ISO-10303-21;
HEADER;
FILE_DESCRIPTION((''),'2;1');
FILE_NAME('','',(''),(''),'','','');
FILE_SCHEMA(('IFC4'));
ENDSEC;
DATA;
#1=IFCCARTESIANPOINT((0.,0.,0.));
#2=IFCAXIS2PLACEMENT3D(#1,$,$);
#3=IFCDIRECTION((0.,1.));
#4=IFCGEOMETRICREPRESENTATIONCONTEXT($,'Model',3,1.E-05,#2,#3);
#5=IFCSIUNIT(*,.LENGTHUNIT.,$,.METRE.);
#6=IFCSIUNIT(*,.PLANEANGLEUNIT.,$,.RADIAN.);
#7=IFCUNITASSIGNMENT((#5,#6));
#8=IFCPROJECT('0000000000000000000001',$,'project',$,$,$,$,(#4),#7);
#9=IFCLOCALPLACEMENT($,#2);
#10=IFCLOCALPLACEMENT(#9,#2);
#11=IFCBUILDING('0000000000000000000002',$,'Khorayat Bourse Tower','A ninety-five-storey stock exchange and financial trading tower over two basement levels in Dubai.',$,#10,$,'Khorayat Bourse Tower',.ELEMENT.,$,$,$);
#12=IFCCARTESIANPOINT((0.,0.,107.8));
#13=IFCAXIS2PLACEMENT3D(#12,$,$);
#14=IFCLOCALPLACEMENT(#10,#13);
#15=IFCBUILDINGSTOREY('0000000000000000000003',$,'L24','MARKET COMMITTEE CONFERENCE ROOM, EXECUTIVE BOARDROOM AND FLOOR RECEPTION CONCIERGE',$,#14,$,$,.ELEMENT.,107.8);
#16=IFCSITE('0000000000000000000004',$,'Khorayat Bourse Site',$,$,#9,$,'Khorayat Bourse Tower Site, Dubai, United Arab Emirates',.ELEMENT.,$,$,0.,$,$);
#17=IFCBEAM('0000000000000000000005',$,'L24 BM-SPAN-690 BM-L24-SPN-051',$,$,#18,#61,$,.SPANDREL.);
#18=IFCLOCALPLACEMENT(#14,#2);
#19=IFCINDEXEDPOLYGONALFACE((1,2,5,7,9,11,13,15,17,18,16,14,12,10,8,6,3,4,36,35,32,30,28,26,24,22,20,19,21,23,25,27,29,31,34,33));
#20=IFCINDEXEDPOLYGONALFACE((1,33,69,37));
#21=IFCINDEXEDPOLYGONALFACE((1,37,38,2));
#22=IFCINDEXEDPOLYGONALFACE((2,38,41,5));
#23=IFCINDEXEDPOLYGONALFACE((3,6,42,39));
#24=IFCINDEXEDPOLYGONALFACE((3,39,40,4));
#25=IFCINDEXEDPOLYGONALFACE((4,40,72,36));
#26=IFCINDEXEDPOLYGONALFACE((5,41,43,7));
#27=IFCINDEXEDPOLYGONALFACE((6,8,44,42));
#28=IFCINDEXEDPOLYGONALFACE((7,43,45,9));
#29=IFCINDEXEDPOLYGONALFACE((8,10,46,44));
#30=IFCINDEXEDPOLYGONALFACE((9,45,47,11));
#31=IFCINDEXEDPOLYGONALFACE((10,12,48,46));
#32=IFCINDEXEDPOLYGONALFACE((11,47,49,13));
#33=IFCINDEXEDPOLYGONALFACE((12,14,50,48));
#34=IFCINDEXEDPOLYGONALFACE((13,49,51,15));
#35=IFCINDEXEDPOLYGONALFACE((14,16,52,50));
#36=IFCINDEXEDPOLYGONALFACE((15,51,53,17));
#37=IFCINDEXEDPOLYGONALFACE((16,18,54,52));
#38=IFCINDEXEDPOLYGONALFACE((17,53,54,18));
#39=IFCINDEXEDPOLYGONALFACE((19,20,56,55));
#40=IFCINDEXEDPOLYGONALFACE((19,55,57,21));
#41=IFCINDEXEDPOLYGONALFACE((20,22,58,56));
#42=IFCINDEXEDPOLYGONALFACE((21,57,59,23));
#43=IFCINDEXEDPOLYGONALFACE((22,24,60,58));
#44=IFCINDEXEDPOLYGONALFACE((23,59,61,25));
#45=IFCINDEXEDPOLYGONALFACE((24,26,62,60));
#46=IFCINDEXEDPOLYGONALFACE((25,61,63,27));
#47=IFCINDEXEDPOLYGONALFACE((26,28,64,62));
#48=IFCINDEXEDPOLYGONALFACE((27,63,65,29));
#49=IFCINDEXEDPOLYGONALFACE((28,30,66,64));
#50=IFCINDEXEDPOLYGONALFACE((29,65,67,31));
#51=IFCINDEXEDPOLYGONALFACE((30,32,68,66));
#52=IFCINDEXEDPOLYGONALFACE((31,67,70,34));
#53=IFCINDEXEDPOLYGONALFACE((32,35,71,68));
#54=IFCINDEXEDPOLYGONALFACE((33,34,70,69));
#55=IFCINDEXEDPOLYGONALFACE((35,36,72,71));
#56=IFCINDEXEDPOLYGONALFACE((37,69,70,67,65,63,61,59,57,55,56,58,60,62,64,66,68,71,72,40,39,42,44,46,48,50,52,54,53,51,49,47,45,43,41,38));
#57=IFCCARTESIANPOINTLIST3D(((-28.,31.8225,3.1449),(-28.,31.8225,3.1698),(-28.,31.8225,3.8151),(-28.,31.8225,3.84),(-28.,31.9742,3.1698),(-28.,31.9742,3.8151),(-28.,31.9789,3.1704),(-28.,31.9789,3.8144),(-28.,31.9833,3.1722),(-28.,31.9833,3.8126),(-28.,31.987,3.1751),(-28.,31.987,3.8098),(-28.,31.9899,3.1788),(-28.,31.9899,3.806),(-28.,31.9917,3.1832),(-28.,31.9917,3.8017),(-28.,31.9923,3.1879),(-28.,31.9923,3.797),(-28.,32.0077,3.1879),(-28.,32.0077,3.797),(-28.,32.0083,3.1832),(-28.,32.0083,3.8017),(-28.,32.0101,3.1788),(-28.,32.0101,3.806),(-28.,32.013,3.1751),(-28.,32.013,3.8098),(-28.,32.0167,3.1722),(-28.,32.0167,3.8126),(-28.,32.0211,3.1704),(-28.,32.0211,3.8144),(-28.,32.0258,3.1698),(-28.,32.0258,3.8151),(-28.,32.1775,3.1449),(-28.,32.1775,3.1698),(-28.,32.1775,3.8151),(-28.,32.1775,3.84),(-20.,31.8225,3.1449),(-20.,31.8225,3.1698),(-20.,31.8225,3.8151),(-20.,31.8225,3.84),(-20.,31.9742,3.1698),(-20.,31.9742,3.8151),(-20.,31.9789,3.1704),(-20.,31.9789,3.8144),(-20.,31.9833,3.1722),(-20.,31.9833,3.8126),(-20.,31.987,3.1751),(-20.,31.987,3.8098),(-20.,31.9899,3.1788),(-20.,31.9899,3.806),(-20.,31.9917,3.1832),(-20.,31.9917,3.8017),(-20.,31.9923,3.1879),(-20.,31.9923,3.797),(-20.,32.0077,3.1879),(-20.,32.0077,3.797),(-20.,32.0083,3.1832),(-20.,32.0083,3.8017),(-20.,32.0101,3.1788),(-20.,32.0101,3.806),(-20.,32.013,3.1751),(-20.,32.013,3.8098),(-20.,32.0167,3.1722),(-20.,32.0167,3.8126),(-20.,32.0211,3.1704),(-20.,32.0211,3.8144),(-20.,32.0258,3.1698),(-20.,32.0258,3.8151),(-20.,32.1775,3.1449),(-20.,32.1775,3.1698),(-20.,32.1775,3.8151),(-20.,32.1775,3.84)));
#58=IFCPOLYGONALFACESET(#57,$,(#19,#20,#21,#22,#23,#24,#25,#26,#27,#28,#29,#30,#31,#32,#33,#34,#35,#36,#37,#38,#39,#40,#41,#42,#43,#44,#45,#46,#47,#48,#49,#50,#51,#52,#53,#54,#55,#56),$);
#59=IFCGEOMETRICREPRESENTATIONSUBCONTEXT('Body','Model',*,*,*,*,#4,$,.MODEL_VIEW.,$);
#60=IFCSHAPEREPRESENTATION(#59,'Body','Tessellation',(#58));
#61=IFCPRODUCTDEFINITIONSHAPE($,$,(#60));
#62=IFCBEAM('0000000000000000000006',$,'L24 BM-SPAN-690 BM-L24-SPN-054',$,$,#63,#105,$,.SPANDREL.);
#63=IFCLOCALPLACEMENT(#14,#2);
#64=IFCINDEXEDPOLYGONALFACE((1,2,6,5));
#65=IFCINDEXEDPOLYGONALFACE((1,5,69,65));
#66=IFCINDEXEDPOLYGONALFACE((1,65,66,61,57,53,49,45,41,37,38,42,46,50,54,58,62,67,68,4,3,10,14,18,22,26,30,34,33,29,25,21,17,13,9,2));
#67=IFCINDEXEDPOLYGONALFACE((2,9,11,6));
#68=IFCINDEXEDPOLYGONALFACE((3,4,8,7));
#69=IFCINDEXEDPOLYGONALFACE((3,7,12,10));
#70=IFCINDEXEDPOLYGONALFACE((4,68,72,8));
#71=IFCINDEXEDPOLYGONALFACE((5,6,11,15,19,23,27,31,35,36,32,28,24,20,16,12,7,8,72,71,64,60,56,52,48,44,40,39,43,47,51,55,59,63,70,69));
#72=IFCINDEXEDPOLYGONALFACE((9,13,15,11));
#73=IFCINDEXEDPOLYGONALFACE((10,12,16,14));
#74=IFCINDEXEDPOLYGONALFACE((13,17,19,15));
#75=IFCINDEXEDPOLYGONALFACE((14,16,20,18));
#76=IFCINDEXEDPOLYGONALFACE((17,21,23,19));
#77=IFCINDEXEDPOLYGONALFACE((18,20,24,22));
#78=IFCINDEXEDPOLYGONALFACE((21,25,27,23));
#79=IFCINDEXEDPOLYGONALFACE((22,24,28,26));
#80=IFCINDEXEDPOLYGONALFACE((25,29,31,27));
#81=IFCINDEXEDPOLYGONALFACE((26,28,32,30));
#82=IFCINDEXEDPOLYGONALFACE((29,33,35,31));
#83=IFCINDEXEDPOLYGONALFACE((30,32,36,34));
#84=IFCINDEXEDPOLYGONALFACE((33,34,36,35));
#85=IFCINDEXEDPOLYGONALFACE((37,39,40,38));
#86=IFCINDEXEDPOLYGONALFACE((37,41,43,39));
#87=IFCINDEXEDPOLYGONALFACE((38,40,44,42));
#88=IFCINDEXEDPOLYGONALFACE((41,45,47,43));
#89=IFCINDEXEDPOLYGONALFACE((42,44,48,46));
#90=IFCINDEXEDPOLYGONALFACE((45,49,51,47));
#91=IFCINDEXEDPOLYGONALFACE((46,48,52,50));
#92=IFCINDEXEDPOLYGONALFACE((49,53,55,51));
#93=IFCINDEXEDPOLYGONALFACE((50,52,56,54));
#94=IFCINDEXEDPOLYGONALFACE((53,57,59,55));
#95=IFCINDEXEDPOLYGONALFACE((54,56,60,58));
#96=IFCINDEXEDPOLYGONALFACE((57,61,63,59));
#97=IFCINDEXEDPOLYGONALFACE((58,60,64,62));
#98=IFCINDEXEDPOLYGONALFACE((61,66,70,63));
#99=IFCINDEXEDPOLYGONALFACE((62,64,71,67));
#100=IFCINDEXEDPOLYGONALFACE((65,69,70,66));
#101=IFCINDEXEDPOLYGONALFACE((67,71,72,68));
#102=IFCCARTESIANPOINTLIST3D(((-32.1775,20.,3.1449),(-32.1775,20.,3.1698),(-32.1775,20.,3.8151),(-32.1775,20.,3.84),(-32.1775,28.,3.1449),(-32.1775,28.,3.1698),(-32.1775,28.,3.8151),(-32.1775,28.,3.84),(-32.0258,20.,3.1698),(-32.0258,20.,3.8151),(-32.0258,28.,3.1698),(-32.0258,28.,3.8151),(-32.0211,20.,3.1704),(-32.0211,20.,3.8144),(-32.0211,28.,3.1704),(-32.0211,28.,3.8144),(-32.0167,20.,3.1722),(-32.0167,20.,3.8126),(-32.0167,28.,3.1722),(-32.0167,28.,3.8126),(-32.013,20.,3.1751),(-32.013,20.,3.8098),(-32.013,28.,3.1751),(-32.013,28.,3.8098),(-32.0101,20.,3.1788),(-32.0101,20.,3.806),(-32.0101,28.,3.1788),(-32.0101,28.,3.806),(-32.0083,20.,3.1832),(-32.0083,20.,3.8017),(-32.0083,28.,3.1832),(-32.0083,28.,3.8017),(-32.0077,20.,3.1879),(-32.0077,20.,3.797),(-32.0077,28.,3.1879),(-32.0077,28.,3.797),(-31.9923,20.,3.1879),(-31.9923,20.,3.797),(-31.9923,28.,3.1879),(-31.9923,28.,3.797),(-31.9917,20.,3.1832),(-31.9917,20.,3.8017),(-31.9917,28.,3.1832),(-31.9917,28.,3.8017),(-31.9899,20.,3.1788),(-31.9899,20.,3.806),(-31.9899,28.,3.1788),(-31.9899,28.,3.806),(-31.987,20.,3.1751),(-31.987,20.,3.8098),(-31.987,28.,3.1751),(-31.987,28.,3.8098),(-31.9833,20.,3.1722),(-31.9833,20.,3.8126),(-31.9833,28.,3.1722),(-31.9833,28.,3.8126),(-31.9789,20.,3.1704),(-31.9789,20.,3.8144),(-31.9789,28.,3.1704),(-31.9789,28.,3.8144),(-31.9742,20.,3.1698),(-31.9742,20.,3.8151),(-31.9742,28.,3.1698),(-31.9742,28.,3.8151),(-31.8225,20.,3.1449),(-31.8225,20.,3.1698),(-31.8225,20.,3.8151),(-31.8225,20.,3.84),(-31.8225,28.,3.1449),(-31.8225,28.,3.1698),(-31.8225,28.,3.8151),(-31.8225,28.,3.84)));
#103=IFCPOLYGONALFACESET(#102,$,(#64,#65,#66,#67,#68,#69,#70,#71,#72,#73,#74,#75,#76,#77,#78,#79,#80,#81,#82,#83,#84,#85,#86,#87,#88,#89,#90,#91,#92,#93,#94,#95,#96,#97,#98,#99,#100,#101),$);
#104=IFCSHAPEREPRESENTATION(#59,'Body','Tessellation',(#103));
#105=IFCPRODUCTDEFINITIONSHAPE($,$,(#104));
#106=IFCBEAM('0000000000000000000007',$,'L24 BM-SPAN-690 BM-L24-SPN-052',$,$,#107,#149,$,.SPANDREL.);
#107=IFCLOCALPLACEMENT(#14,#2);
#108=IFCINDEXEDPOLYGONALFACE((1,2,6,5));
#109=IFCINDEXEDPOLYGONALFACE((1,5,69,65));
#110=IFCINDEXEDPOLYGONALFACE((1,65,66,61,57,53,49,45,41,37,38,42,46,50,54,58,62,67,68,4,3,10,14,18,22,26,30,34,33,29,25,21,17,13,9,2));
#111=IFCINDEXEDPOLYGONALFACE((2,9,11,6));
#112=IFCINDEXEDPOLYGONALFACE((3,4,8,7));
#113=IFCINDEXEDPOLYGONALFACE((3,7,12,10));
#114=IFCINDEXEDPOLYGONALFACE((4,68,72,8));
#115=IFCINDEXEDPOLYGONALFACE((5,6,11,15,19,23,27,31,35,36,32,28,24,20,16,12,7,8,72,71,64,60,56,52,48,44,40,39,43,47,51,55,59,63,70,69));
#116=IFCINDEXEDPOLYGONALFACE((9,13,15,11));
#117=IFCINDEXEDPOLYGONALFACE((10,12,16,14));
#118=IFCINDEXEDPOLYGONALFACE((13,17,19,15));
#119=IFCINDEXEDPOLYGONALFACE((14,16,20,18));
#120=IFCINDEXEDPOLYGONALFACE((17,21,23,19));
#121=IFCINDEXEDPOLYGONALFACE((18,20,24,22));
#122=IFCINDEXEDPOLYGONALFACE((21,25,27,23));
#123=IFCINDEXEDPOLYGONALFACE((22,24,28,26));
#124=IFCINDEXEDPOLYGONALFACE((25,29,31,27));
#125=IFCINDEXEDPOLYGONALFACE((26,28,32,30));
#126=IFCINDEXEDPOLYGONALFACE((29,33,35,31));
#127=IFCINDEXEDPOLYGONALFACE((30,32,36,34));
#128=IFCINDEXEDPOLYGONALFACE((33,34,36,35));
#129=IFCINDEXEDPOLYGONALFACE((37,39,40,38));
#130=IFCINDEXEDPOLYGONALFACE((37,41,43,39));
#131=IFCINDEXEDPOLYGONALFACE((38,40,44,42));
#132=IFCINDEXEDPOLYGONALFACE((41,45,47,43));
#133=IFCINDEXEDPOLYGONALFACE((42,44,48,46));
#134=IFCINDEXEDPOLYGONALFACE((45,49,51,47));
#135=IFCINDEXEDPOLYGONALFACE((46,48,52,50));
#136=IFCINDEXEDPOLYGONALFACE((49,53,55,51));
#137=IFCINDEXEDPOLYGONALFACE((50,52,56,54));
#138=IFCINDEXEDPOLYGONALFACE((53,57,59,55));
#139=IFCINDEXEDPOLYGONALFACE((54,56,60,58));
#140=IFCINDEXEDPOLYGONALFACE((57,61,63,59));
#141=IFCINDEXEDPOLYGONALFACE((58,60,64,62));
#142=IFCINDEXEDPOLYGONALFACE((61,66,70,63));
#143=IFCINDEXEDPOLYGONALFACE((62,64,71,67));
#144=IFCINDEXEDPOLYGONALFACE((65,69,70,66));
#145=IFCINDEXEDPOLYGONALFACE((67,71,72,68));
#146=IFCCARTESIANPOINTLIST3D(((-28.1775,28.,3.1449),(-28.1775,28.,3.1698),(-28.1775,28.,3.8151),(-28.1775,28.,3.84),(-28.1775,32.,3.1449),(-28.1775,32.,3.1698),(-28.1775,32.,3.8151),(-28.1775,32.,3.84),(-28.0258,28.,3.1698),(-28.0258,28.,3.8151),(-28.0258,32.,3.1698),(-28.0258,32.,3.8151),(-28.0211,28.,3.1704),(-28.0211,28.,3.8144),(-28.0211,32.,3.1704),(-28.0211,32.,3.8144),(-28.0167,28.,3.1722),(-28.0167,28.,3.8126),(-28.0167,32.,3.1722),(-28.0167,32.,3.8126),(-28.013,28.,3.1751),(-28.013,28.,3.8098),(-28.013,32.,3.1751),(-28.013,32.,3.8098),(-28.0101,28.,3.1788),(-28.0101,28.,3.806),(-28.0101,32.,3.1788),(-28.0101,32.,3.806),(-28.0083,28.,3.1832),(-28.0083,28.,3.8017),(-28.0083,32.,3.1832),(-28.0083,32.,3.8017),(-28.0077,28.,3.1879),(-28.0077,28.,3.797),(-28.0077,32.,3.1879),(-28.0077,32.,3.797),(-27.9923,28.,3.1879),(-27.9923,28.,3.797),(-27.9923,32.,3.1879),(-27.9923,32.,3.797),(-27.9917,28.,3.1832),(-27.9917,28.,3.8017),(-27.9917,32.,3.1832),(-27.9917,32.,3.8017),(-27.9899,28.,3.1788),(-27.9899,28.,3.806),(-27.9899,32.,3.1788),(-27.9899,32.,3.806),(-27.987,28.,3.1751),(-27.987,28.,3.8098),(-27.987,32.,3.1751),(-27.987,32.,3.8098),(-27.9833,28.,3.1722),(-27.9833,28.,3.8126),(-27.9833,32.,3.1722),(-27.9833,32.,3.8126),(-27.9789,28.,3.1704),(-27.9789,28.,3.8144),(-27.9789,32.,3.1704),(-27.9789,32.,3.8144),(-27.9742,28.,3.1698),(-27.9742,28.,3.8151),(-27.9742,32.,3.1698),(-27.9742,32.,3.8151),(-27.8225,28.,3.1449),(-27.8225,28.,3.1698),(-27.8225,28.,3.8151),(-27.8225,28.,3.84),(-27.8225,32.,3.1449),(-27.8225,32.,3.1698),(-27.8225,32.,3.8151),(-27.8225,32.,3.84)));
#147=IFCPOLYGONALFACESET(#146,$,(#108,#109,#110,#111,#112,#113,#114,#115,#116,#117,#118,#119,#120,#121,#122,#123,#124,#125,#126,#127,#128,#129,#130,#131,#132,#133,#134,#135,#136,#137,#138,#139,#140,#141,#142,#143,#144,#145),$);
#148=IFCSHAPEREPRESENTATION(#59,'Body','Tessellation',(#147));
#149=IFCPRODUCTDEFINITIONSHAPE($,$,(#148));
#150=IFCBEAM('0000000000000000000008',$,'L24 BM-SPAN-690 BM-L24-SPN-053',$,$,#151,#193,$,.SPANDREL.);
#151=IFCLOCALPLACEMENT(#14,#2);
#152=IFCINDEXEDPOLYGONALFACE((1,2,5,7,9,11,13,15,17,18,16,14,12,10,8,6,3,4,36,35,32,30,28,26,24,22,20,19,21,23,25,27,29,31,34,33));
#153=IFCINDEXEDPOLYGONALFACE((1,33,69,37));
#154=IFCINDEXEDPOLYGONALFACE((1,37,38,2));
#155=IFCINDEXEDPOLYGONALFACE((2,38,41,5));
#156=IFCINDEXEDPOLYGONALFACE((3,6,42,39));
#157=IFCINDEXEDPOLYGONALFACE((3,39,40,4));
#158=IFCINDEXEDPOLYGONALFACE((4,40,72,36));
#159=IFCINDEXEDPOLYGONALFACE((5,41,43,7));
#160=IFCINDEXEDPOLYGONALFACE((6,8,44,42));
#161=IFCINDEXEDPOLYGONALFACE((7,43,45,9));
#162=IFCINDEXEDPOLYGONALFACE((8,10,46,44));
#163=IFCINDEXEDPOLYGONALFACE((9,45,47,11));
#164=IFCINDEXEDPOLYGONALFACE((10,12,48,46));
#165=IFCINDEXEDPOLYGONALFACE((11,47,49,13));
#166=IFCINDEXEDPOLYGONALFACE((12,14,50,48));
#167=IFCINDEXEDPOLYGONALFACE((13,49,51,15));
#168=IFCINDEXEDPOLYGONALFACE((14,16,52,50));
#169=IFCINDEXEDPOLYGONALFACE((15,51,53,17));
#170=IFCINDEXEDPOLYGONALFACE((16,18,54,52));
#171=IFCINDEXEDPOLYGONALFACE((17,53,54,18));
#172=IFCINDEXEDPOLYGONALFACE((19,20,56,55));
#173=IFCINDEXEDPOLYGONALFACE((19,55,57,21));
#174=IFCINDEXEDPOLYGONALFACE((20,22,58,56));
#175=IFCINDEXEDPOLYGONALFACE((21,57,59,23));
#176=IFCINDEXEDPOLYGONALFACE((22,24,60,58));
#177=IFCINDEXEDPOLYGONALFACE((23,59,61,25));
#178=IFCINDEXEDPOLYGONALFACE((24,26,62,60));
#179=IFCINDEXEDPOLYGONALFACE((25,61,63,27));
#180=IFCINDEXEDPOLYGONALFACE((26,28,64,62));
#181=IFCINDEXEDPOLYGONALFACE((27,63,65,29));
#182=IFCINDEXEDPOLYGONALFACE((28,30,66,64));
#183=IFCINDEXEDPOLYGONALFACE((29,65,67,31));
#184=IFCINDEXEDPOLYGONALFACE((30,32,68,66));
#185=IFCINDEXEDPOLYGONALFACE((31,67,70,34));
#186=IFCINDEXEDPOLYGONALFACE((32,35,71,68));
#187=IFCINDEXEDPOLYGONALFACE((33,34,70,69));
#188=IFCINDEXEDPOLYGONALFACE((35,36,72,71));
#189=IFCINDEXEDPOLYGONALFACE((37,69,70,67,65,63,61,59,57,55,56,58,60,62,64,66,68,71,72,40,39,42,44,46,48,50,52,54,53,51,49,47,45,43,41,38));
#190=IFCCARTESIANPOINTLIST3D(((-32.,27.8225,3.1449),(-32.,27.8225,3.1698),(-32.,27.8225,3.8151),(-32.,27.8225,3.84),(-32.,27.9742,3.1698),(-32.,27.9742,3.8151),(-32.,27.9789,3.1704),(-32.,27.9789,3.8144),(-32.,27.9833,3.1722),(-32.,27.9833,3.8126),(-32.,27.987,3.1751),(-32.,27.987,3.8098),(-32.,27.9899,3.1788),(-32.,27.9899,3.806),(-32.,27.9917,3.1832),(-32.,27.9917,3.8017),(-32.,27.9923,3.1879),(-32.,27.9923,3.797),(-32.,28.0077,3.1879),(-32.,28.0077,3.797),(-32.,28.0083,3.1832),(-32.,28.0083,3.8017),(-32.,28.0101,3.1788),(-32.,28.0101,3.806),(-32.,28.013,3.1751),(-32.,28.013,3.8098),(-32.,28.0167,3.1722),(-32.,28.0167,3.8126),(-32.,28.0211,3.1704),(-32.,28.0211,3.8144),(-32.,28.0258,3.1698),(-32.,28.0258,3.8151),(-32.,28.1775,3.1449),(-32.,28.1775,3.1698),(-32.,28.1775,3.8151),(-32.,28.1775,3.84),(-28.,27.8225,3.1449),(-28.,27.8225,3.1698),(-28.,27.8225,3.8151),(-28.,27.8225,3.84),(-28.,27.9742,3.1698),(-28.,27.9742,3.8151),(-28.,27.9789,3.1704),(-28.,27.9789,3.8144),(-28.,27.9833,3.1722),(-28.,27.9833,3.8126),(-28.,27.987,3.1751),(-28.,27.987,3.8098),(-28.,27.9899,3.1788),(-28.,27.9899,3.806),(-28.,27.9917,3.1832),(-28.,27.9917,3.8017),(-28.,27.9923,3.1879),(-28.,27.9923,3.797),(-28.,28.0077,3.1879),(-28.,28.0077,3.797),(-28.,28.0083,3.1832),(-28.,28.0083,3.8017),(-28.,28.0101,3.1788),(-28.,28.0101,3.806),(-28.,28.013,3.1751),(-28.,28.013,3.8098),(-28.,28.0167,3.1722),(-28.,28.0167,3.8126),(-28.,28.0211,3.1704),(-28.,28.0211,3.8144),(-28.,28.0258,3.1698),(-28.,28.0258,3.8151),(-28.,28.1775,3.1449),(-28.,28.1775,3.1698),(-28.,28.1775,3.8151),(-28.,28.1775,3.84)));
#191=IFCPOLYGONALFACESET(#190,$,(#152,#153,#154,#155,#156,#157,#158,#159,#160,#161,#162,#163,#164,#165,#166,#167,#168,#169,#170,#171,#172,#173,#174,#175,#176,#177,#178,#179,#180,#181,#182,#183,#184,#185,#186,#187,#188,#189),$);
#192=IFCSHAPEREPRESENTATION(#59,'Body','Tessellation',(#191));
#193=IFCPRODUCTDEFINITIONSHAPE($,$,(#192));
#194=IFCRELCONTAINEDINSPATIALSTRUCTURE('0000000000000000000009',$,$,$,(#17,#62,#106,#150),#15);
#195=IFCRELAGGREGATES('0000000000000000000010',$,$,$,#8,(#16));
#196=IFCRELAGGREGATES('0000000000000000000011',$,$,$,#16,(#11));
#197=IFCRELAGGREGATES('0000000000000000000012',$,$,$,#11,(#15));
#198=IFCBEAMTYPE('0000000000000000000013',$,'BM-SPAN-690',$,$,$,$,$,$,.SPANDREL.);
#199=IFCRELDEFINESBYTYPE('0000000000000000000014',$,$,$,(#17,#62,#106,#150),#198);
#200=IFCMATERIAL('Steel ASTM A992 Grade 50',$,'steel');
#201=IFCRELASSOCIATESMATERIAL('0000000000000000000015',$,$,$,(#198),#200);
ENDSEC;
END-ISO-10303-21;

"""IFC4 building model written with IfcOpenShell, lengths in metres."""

from ifc_helpers import new_model, si_unit, direction, frame, origin, origin_2d, place, context, subcontext, project, spatial, i_section, extrude, source, transform, mapped, material, material_profile, profile_set, type_object, element, save


model = new_model("IFC4")

# Units and contexts
model_context = context("Model", 3, precision=1e-05, world=origin(), true_north=direction((0.0, 1.0)))
body_context = subcontext(model_context, "Body", "Model", "MODEL_VIEW")
ifc_project = project(units=[si_unit("LENGTHUNIT", "METRE"), si_unit("PLANEANGLEUNIT", "RADIAN")], contexts=[model_context])

# Site, building, storey
site_placement = place(None, origin())
site = spatial("IfcSite", under=ifc_project, at=site_placement, Name="Khorayat Bourse Site", LongName="Khorayat Bourse Tower Site, Dubai, United Arab Emirates", CompositionType="ELEMENT", RefElevation=0.0)
building_placement = place(site_placement, origin())
building = spatial("IfcBuilding", under=site, at=building_placement, Name="Khorayat Bourse Tower", Description="A ninety-five-storey stock exchange and financial trading tower over two basement levels in Dubai.", LongName="Khorayat Bourse Tower", CompositionType="ELEMENT")
storey_placement = place(building_placement, frame((0.0, 0.0, 107.8)))
storey = spatial("IfcBuildingStorey", under=building, at=storey_placement, Name="L24", Description="MARKET COMMITTEE CONFERENCE ROOM, EXECUTIVE BOARDROOM AND FLOOR RECEPTION CONCIERGE", CompositionType="ELEMENT", Elevation=107.8)

# Beams
ifc_material_1 = material(Name="Steel ASTM A992 Grade 50", Category="steel")
ifc_material_profile_1 = material_profile(ifc_material_1, i_section(OverallWidth=0.355, OverallDepth=0.6951, WebThickness=0.0154, FlangeThickness=0.0249, FilletRadius=0.0181, at=origin_2d()), Name="W690X217")
ifc_profile_set_1 = profile_set([ifc_material_profile_1], Name="Steel ASTM A992 Grade 50")
beam_type_1 = type_object("IfcBeamType", Name="BM-SPAN-690", PredefinedType="SPANDREL", material=ifc_profile_set_1)
shared_shape_1 = source(origin(), body_context, "Body", "SweptSolid", [
    extrude(i_section(OverallWidth=0.355, OverallDepth=0.6951, WebThickness=0.0154, FlangeThickness=0.0249, FilletRadius=0.0181, at=origin_2d()), origin(), (0.0, 0.0, 1.0), 8.0),
])
for number, where, z_axis, x_axis, name in (
    (1, (-28.0, 32.0, 3.4924), (1.0, 0.0, 0.0), (0.0, 1.0, 0.0), "L24 BM-SPAN-690 BM-L24-SPN-051"),
    (2, (-32.0, 20.0, 3.4924), (0.0, 1.0, 0.0), (-1.0, 0.0, 0.0), "L24 BM-SPAN-690 BM-L24-SPN-054"),
):
    element("IfcBeam", number, at=place(storey_placement, frame(where, z_axis=z_axis, x_axis=x_axis)), inside=storey, type_object=beam_type_1, Name=name, PredefinedType="SPANDREL", context=body_context, shape_type="MappedRepresentation", body=[
        mapped(shared_shape_1, transform((0.0, 0.0, 0.0), scale=1.0)),
    ])
shared_shape_2 = source(origin(), body_context, "Body", "SweptSolid", [
    extrude(i_section(OverallWidth=0.355, OverallDepth=0.6951, WebThickness=0.0154, FlangeThickness=0.0249, FilletRadius=0.0181, at=origin_2d()), origin(), (0.0, 0.0, 1.0), 4.0),
])
for number, where, z_axis, x_axis, name in (
    (3, (-28.0, 28.0, 3.4924), (0.0, 1.0, 0.0), (-1.0, 0.0, 0.0), "L24 BM-SPAN-690 BM-L24-SPN-052"),
    (4, (-32.0, 28.0, 3.4924), (1.0, 0.0, 0.0), (0.0, 1.0, 0.0), "L24 BM-SPAN-690 BM-L24-SPN-053"),
):
    element("IfcBeam", number, at=place(storey_placement, frame(where, z_axis=z_axis, x_axis=x_axis)), inside=storey, type_object=beam_type_1, Name=name, PredefinedType="SPANDREL", context=body_context, shape_type="MappedRepresentation", body=[
        mapped(shared_shape_2, transform((0.0, 0.0, 0.0), scale=1.0)),
    ])

save(model, "model.ifc")
